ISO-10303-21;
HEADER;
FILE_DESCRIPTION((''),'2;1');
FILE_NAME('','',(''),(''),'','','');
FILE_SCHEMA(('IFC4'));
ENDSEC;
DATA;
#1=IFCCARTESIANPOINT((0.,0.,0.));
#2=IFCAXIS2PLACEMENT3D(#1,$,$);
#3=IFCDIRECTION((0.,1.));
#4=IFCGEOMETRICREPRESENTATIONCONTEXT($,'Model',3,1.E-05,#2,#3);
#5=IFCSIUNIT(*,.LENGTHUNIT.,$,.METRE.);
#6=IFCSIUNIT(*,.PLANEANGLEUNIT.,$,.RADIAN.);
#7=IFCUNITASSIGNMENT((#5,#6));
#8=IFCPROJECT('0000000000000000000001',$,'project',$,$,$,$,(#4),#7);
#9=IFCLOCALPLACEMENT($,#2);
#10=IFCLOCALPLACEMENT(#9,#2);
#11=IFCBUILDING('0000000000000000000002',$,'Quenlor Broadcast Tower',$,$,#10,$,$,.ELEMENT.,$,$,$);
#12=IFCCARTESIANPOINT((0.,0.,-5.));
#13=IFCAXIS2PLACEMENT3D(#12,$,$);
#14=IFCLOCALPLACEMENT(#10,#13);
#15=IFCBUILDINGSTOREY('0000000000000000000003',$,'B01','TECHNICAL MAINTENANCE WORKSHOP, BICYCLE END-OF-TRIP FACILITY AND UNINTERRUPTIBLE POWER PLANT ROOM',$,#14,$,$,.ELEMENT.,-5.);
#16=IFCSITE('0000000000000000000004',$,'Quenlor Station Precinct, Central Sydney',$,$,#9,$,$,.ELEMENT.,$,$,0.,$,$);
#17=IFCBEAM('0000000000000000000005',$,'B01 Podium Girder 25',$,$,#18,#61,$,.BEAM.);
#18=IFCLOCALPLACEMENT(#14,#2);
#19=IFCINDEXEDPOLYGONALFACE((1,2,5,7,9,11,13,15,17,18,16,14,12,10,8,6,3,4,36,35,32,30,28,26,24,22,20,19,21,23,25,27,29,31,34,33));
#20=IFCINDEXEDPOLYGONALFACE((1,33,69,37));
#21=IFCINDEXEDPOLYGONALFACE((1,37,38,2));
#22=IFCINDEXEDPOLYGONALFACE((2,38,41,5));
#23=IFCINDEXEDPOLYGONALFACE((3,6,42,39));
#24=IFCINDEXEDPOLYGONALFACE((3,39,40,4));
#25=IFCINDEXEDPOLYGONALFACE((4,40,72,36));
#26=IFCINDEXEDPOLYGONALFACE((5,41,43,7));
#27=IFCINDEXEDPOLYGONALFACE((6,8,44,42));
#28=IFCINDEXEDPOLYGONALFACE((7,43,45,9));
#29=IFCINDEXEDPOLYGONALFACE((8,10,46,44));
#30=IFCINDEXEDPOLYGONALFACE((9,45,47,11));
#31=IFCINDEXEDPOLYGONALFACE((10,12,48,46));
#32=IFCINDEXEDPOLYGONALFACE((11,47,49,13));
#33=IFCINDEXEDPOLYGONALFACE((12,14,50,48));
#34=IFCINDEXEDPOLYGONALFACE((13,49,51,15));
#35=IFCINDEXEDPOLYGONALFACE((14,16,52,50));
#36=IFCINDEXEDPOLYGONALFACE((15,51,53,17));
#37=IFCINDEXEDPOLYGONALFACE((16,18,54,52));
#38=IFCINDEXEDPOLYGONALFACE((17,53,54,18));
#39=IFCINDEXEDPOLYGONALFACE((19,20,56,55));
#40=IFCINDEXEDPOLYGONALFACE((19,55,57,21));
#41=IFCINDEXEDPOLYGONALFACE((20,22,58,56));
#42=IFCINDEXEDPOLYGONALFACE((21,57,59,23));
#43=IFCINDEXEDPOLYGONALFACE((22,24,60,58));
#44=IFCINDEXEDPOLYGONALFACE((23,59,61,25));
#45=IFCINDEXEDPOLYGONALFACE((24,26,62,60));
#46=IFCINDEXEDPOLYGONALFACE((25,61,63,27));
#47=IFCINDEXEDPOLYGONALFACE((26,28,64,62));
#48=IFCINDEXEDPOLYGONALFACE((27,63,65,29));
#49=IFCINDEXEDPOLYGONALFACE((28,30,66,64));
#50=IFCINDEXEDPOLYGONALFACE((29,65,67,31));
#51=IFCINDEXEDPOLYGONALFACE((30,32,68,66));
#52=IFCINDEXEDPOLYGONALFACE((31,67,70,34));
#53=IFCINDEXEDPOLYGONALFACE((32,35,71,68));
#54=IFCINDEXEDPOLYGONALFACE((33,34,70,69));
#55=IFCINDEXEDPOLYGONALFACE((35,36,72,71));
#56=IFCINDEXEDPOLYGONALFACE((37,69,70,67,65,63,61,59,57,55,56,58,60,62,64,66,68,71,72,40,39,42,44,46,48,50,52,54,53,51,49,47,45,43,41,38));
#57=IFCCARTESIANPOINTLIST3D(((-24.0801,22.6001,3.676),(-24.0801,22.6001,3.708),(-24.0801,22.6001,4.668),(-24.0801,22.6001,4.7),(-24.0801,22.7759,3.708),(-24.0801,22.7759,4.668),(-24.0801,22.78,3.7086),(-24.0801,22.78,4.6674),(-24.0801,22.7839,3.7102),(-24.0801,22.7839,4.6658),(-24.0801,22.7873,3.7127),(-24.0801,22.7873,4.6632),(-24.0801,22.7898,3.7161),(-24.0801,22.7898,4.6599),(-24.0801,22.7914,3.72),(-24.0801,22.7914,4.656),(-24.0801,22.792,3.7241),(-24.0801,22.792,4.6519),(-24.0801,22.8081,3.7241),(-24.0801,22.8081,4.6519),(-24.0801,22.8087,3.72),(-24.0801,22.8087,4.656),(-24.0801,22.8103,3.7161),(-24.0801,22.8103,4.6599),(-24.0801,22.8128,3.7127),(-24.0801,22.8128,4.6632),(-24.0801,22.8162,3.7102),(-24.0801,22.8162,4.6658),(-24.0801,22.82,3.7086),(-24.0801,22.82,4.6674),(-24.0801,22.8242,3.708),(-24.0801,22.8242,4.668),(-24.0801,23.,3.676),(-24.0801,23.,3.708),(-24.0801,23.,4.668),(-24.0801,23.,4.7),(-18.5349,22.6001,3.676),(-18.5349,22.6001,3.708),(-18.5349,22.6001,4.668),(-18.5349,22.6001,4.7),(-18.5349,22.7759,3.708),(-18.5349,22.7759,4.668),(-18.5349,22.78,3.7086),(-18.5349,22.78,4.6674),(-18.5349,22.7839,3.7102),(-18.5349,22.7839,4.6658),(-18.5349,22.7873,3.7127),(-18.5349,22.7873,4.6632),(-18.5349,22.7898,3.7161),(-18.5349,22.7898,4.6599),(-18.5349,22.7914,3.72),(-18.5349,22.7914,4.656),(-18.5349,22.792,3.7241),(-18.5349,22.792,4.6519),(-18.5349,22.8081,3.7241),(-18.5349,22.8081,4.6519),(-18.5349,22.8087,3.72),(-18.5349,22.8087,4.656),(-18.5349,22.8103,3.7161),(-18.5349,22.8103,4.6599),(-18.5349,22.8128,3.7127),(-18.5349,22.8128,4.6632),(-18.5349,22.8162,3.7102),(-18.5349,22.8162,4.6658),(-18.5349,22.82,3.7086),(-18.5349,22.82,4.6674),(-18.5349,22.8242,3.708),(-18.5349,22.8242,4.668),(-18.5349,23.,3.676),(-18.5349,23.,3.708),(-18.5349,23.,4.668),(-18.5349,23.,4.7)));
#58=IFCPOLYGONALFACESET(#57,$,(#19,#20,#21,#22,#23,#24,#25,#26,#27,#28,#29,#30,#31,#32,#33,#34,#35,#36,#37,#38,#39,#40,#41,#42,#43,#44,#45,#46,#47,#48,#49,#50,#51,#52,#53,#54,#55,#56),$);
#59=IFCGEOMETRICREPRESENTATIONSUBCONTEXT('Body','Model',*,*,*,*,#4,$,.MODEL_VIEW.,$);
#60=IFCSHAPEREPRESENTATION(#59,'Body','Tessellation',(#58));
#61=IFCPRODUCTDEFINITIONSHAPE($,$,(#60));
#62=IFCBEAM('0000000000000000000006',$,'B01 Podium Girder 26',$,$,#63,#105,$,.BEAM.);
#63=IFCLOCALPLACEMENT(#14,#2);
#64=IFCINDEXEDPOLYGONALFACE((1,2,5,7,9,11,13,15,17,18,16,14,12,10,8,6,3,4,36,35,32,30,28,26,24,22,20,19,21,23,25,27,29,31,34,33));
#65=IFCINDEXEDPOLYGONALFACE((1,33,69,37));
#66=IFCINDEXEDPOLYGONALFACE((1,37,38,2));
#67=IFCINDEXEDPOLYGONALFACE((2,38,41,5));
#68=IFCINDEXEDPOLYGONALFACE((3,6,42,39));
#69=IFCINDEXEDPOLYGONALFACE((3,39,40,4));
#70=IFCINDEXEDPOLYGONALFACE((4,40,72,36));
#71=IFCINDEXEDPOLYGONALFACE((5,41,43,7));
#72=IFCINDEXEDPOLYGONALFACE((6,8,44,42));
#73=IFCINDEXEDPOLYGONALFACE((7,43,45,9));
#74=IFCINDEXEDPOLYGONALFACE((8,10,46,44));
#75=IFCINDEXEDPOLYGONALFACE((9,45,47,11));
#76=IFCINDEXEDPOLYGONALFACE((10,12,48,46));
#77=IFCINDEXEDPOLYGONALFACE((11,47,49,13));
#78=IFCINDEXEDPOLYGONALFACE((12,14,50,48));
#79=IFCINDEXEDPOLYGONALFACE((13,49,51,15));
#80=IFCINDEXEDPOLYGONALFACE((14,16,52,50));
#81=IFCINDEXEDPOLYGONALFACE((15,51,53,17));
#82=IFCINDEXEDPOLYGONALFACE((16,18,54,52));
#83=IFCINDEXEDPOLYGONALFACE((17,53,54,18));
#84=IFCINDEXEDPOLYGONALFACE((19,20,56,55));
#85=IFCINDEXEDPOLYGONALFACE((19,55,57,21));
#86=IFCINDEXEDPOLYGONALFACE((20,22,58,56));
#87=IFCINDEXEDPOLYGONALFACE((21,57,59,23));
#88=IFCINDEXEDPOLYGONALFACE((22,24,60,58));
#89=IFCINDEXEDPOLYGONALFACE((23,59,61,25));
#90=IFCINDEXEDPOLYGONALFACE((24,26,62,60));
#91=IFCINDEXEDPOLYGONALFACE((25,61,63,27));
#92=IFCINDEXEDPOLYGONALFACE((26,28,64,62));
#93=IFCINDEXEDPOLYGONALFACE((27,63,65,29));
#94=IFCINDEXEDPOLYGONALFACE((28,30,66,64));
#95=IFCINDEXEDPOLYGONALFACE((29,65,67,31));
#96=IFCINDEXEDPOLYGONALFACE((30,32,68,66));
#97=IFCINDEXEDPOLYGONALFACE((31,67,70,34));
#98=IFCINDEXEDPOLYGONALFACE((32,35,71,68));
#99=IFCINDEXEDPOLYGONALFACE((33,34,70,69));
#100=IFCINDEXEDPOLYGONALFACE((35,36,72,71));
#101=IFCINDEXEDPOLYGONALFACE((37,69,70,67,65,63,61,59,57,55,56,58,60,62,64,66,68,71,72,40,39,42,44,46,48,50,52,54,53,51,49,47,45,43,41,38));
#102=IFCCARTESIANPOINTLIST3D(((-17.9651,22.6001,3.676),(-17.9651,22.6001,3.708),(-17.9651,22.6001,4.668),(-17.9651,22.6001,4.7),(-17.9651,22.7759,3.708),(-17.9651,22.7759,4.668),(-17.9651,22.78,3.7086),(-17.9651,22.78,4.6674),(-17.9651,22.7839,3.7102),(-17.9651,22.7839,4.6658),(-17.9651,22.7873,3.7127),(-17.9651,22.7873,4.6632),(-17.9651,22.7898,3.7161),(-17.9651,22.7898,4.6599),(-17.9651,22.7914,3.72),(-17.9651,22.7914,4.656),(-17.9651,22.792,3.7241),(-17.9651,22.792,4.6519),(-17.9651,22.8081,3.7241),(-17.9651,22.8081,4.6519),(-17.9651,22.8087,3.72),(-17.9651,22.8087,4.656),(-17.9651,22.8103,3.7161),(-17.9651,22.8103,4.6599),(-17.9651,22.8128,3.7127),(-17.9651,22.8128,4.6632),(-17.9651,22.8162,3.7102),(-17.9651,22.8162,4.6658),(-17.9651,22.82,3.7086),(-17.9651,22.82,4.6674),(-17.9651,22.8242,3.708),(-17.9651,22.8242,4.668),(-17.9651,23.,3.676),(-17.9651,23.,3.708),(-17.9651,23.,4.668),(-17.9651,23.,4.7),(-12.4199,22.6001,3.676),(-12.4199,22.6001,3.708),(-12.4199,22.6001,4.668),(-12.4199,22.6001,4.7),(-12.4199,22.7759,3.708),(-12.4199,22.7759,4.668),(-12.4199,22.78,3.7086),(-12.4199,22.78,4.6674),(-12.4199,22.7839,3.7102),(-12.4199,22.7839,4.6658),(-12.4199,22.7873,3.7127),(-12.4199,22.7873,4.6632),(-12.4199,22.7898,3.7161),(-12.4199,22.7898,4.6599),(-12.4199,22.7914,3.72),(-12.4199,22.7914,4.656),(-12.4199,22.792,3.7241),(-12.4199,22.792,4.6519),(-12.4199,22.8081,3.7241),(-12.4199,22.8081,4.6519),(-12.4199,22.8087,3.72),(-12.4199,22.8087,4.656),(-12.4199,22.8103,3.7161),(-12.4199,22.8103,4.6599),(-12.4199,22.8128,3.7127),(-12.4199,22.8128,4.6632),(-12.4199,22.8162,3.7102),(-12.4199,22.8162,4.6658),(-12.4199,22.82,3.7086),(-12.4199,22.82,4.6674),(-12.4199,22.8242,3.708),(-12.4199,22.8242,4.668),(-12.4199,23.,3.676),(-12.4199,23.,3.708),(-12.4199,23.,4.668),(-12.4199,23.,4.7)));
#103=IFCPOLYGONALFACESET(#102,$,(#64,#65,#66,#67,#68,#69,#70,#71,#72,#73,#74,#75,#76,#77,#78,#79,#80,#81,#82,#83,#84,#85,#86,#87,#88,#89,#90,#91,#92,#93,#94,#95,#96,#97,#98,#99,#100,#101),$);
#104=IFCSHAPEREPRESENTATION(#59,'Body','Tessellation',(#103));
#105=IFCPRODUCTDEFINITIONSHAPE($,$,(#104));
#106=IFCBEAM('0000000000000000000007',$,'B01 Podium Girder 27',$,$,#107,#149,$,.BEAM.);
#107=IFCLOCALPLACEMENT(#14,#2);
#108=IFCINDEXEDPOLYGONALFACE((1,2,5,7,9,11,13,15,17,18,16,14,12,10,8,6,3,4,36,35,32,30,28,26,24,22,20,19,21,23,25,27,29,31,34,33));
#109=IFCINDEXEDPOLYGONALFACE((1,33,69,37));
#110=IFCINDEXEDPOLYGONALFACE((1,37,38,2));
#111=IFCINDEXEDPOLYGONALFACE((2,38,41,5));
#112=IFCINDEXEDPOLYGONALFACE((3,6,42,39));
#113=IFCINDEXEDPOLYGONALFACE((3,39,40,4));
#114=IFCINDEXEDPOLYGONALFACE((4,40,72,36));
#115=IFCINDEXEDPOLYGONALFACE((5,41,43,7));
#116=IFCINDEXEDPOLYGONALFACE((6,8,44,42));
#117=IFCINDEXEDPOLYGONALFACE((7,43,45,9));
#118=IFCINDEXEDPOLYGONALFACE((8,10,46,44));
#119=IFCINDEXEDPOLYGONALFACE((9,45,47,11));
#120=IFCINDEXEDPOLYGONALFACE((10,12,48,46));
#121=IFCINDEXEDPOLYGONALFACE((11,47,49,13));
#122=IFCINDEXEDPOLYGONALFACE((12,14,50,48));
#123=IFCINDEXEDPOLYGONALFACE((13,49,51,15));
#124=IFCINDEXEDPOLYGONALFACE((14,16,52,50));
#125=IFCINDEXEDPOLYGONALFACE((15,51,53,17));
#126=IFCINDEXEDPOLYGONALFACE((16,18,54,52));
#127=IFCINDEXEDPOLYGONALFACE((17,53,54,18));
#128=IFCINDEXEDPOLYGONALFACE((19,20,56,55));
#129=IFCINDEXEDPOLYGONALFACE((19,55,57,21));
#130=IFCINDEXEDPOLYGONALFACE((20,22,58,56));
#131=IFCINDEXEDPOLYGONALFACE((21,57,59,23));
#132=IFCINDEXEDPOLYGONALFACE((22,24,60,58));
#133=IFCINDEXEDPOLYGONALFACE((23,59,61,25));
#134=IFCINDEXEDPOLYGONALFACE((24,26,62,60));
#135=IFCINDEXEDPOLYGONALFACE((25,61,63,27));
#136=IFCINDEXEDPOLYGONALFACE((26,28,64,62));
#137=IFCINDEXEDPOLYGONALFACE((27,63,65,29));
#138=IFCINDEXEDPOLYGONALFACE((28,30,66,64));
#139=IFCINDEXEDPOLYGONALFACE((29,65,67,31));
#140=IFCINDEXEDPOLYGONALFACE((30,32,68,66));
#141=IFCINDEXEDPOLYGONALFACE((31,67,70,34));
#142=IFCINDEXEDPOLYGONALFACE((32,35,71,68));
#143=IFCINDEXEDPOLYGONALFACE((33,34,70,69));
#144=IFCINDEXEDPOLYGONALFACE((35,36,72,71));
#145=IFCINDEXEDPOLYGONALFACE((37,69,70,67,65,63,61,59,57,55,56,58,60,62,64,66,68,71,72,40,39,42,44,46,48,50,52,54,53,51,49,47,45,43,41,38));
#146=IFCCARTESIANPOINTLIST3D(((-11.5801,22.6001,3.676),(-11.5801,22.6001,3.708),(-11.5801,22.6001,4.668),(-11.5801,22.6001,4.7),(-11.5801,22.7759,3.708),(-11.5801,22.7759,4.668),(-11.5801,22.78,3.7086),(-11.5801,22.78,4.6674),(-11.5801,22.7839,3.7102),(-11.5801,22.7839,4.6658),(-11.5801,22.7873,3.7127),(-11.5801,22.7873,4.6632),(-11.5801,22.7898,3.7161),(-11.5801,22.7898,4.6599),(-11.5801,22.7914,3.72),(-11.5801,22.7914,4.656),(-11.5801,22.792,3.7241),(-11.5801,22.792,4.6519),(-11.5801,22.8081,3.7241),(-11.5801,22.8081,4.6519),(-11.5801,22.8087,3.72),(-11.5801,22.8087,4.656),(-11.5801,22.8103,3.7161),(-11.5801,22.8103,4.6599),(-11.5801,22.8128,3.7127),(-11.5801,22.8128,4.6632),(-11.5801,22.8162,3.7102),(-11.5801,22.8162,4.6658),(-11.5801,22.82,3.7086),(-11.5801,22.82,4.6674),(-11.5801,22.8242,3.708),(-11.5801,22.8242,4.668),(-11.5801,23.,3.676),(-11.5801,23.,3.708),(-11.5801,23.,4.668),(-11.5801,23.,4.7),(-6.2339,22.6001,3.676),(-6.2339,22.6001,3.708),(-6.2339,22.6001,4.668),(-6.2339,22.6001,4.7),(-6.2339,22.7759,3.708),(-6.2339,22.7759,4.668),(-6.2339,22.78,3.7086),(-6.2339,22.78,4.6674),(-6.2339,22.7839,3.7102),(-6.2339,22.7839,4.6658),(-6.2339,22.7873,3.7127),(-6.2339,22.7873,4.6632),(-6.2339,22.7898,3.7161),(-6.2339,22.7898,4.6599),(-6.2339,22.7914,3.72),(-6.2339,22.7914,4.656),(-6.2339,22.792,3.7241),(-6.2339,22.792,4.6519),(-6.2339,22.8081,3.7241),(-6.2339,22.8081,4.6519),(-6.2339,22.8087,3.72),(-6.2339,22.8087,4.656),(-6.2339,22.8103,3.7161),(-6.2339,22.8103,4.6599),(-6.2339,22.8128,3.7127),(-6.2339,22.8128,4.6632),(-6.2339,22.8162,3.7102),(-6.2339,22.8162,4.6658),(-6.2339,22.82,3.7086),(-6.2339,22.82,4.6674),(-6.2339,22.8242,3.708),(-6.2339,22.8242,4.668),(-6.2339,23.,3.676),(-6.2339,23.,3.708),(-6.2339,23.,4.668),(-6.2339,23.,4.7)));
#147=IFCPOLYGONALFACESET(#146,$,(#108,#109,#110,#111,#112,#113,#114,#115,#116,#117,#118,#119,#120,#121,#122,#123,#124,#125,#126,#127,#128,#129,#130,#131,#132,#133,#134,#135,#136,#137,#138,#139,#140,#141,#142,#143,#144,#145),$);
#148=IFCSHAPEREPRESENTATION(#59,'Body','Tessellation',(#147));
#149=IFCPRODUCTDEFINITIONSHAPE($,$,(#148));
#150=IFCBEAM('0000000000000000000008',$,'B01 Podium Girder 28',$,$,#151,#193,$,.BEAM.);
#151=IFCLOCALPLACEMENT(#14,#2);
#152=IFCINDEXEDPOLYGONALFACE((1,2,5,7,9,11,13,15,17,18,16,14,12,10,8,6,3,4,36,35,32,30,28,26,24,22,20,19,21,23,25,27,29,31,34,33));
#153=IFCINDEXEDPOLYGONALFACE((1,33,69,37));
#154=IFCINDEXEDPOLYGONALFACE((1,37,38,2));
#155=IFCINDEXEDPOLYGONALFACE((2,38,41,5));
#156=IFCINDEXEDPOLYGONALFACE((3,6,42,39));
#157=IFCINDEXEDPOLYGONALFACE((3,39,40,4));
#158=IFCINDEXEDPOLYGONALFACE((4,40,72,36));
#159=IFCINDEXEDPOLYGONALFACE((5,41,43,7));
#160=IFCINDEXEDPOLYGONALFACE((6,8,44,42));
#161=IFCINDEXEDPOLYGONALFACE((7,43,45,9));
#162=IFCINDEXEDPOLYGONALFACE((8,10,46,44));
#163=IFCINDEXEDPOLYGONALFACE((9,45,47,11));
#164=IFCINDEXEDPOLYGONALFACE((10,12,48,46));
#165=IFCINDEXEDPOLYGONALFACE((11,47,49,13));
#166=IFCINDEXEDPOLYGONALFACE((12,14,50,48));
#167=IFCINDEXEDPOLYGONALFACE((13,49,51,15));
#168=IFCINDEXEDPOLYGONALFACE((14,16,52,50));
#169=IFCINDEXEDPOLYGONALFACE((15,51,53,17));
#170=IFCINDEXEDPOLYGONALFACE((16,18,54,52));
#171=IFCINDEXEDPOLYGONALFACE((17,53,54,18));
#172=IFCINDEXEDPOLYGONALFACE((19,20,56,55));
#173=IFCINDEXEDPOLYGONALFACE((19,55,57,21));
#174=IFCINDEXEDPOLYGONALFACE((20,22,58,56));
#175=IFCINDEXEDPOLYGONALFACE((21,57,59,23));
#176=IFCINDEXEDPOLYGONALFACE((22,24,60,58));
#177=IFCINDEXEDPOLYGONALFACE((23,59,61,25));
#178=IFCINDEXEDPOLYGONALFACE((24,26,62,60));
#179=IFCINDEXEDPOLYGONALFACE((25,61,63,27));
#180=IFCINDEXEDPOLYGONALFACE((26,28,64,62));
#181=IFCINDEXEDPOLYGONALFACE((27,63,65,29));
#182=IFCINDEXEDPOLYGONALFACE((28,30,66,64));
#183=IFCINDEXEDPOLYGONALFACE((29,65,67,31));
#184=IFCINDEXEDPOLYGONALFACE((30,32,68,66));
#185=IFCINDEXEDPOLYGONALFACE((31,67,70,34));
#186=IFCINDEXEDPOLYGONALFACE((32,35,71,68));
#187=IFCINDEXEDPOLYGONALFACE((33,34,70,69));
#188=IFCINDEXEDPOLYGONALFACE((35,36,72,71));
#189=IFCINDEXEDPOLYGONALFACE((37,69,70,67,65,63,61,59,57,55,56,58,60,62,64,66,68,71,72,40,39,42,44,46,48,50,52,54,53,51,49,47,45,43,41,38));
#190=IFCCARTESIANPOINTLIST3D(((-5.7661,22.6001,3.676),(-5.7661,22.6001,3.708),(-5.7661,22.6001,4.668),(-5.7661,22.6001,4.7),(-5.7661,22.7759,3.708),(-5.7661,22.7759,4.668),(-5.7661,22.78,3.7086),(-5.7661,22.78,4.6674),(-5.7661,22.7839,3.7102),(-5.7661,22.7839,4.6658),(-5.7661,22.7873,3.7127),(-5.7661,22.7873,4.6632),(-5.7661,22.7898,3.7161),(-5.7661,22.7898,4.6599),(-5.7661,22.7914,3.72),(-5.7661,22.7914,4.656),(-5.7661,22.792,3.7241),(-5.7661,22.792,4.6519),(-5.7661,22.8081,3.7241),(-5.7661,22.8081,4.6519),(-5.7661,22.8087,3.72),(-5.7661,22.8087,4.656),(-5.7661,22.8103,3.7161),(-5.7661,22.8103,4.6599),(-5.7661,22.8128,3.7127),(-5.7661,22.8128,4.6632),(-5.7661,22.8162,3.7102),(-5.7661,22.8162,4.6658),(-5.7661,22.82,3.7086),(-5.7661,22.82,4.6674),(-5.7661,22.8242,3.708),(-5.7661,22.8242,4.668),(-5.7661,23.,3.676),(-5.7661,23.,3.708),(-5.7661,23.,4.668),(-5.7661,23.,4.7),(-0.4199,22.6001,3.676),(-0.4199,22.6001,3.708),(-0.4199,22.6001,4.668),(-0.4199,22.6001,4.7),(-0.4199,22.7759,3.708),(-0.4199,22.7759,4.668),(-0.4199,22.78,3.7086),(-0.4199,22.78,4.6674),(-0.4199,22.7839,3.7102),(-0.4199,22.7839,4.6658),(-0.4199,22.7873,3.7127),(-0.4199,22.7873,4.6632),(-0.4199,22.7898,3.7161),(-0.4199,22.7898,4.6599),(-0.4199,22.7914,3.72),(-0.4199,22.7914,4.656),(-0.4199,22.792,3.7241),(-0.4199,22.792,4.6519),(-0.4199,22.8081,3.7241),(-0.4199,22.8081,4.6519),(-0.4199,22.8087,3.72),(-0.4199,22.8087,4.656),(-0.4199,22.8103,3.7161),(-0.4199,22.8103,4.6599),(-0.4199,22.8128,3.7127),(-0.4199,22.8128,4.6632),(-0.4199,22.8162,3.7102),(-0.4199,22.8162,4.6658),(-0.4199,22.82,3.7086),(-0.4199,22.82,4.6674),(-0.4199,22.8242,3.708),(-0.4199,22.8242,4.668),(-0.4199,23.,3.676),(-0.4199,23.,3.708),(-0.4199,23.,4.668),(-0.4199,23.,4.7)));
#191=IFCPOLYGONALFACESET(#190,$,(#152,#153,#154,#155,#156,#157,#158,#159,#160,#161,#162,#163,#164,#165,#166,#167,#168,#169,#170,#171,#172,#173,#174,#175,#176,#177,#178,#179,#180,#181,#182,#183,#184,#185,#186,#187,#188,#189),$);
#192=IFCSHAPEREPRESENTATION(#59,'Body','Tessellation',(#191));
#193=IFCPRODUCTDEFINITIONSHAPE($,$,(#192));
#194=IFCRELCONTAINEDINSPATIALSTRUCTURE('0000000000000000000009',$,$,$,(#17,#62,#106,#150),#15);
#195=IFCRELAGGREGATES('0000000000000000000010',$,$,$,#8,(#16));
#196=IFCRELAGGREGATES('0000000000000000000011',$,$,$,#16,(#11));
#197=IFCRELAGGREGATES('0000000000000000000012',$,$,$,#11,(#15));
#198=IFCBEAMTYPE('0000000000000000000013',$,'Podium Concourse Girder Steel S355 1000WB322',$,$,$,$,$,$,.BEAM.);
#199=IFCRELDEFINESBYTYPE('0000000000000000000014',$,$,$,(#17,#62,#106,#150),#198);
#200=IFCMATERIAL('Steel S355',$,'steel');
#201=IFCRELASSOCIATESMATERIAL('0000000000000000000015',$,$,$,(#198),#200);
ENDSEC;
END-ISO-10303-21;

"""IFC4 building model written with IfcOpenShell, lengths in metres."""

from ifc_helpers import new_model, si_unit, direction, frame, origin, origin_2d, place, context, subcontext, project, spatial, i_section, extrude, material, material_profile, profile_set, type_object, element, save


model = new_model("IFC4")

# Units and contexts
model_context = context("Model", 3, precision=1e-05, world=origin(), true_north=direction((0.0, 1.0)))
body_context = subcontext(model_context, "Body", "Model", "MODEL_VIEW")
ifc_project = project(units=[si_unit("LENGTHUNIT", "METRE"), si_unit("PLANEANGLEUNIT", "RADIAN")], contexts=[model_context])

# Site, building, storey
site_placement = place(None, origin())
site = spatial("IfcSite", under=ifc_project, at=site_placement, Name="Quenlor Station Precinct, Central Sydney", CompositionType="ELEMENT", RefElevation=0.0)
building_placement = place(site_placement, origin())
building = spatial("IfcBuilding", under=site, at=building_placement, Name="Quenlor Broadcast Tower", CompositionType="ELEMENT")
storey_placement = place(building_placement, frame((0.0, 0.0, -5.0)))
storey = spatial("IfcBuildingStorey", under=building, at=storey_placement, Name="B01", Description="TECHNICAL MAINTENANCE WORKSHOP, BICYCLE END-OF-TRIP FACILITY AND UNINTERRUPTIBLE POWER PLANT ROOM", CompositionType="ELEMENT", Elevation=-5.0)

# Beams
ifc_material_1 = material(Name="Steel S355", Category="steel")
ifc_material_profile_1 = material_profile(ifc_material_1, i_section(OverallWidth=0.3999, OverallDepth=1.0239, WebThickness=0.0161, FlangeThickness=0.032, FilletRadius=0.0161, at=origin_2d()))
ifc_profile_set_1 = profile_set([ifc_material_profile_1], Name="Steel S355 1000WB322")
beam_type_1 = type_object("IfcBeamType", Name="Podium Concourse Girder Steel S355 1000WB322", PredefinedType="BEAM", material=ifc_profile_set_1)
for number, where, z_axis, x_axis, name in (
    (1, (-24.0801, 22.8, 4.188), (1.0, 0.0, 0.0), (0.0, 1.0, 0.0), "B01 Podium Girder 25"),
    (2, (-17.9651, 22.8, 4.188), (1.0, 0.0, 0.0), (0.0, 1.0, 0.0), "B01 Podium Girder 26"),
):
    element("IfcBeam", number, at=place(storey_placement, frame(where, z_axis=z_axis, x_axis=x_axis)), inside=storey, type_object=beam_type_1, Name=name, PredefinedType="BEAM", context=body_context, shape_type="SweptSolid", body=[
        extrude(i_section(OverallWidth=0.3999, OverallDepth=1.0239, WebThickness=0.0161, FlangeThickness=0.032, FilletRadius=0.0161, at=origin_2d()), origin(), (0.0, 0.0, 1.0), 5.5452),
    ])
for number, where, z_axis, x_axis, name in (
    (3, (-11.5801, 22.8, 4.188), (1.0, 0.0, 0.0), (0.0, 1.0, 0.0), "B01 Podium Girder 27"),
    (4, (-5.7661, 22.8, 4.188), (1.0, 0.0, 0.0), (0.0, 1.0, 0.0), "B01 Podium Girder 28"),
):
    element("IfcBeam", number, at=place(storey_placement, frame(where, z_axis=z_axis, x_axis=x_axis)), inside=storey, type_object=beam_type_1, Name=name, PredefinedType="BEAM", context=body_context, shape_type="SweptSolid", body=[
        extrude(i_section(OverallWidth=0.3999, OverallDepth=1.0239, WebThickness=0.0161, FlangeThickness=0.032, FilletRadius=0.0161, at=origin_2d()), origin(), (0.0, 0.0, 1.0), 5.3462),
    ])

save(model, "model.ifc")
